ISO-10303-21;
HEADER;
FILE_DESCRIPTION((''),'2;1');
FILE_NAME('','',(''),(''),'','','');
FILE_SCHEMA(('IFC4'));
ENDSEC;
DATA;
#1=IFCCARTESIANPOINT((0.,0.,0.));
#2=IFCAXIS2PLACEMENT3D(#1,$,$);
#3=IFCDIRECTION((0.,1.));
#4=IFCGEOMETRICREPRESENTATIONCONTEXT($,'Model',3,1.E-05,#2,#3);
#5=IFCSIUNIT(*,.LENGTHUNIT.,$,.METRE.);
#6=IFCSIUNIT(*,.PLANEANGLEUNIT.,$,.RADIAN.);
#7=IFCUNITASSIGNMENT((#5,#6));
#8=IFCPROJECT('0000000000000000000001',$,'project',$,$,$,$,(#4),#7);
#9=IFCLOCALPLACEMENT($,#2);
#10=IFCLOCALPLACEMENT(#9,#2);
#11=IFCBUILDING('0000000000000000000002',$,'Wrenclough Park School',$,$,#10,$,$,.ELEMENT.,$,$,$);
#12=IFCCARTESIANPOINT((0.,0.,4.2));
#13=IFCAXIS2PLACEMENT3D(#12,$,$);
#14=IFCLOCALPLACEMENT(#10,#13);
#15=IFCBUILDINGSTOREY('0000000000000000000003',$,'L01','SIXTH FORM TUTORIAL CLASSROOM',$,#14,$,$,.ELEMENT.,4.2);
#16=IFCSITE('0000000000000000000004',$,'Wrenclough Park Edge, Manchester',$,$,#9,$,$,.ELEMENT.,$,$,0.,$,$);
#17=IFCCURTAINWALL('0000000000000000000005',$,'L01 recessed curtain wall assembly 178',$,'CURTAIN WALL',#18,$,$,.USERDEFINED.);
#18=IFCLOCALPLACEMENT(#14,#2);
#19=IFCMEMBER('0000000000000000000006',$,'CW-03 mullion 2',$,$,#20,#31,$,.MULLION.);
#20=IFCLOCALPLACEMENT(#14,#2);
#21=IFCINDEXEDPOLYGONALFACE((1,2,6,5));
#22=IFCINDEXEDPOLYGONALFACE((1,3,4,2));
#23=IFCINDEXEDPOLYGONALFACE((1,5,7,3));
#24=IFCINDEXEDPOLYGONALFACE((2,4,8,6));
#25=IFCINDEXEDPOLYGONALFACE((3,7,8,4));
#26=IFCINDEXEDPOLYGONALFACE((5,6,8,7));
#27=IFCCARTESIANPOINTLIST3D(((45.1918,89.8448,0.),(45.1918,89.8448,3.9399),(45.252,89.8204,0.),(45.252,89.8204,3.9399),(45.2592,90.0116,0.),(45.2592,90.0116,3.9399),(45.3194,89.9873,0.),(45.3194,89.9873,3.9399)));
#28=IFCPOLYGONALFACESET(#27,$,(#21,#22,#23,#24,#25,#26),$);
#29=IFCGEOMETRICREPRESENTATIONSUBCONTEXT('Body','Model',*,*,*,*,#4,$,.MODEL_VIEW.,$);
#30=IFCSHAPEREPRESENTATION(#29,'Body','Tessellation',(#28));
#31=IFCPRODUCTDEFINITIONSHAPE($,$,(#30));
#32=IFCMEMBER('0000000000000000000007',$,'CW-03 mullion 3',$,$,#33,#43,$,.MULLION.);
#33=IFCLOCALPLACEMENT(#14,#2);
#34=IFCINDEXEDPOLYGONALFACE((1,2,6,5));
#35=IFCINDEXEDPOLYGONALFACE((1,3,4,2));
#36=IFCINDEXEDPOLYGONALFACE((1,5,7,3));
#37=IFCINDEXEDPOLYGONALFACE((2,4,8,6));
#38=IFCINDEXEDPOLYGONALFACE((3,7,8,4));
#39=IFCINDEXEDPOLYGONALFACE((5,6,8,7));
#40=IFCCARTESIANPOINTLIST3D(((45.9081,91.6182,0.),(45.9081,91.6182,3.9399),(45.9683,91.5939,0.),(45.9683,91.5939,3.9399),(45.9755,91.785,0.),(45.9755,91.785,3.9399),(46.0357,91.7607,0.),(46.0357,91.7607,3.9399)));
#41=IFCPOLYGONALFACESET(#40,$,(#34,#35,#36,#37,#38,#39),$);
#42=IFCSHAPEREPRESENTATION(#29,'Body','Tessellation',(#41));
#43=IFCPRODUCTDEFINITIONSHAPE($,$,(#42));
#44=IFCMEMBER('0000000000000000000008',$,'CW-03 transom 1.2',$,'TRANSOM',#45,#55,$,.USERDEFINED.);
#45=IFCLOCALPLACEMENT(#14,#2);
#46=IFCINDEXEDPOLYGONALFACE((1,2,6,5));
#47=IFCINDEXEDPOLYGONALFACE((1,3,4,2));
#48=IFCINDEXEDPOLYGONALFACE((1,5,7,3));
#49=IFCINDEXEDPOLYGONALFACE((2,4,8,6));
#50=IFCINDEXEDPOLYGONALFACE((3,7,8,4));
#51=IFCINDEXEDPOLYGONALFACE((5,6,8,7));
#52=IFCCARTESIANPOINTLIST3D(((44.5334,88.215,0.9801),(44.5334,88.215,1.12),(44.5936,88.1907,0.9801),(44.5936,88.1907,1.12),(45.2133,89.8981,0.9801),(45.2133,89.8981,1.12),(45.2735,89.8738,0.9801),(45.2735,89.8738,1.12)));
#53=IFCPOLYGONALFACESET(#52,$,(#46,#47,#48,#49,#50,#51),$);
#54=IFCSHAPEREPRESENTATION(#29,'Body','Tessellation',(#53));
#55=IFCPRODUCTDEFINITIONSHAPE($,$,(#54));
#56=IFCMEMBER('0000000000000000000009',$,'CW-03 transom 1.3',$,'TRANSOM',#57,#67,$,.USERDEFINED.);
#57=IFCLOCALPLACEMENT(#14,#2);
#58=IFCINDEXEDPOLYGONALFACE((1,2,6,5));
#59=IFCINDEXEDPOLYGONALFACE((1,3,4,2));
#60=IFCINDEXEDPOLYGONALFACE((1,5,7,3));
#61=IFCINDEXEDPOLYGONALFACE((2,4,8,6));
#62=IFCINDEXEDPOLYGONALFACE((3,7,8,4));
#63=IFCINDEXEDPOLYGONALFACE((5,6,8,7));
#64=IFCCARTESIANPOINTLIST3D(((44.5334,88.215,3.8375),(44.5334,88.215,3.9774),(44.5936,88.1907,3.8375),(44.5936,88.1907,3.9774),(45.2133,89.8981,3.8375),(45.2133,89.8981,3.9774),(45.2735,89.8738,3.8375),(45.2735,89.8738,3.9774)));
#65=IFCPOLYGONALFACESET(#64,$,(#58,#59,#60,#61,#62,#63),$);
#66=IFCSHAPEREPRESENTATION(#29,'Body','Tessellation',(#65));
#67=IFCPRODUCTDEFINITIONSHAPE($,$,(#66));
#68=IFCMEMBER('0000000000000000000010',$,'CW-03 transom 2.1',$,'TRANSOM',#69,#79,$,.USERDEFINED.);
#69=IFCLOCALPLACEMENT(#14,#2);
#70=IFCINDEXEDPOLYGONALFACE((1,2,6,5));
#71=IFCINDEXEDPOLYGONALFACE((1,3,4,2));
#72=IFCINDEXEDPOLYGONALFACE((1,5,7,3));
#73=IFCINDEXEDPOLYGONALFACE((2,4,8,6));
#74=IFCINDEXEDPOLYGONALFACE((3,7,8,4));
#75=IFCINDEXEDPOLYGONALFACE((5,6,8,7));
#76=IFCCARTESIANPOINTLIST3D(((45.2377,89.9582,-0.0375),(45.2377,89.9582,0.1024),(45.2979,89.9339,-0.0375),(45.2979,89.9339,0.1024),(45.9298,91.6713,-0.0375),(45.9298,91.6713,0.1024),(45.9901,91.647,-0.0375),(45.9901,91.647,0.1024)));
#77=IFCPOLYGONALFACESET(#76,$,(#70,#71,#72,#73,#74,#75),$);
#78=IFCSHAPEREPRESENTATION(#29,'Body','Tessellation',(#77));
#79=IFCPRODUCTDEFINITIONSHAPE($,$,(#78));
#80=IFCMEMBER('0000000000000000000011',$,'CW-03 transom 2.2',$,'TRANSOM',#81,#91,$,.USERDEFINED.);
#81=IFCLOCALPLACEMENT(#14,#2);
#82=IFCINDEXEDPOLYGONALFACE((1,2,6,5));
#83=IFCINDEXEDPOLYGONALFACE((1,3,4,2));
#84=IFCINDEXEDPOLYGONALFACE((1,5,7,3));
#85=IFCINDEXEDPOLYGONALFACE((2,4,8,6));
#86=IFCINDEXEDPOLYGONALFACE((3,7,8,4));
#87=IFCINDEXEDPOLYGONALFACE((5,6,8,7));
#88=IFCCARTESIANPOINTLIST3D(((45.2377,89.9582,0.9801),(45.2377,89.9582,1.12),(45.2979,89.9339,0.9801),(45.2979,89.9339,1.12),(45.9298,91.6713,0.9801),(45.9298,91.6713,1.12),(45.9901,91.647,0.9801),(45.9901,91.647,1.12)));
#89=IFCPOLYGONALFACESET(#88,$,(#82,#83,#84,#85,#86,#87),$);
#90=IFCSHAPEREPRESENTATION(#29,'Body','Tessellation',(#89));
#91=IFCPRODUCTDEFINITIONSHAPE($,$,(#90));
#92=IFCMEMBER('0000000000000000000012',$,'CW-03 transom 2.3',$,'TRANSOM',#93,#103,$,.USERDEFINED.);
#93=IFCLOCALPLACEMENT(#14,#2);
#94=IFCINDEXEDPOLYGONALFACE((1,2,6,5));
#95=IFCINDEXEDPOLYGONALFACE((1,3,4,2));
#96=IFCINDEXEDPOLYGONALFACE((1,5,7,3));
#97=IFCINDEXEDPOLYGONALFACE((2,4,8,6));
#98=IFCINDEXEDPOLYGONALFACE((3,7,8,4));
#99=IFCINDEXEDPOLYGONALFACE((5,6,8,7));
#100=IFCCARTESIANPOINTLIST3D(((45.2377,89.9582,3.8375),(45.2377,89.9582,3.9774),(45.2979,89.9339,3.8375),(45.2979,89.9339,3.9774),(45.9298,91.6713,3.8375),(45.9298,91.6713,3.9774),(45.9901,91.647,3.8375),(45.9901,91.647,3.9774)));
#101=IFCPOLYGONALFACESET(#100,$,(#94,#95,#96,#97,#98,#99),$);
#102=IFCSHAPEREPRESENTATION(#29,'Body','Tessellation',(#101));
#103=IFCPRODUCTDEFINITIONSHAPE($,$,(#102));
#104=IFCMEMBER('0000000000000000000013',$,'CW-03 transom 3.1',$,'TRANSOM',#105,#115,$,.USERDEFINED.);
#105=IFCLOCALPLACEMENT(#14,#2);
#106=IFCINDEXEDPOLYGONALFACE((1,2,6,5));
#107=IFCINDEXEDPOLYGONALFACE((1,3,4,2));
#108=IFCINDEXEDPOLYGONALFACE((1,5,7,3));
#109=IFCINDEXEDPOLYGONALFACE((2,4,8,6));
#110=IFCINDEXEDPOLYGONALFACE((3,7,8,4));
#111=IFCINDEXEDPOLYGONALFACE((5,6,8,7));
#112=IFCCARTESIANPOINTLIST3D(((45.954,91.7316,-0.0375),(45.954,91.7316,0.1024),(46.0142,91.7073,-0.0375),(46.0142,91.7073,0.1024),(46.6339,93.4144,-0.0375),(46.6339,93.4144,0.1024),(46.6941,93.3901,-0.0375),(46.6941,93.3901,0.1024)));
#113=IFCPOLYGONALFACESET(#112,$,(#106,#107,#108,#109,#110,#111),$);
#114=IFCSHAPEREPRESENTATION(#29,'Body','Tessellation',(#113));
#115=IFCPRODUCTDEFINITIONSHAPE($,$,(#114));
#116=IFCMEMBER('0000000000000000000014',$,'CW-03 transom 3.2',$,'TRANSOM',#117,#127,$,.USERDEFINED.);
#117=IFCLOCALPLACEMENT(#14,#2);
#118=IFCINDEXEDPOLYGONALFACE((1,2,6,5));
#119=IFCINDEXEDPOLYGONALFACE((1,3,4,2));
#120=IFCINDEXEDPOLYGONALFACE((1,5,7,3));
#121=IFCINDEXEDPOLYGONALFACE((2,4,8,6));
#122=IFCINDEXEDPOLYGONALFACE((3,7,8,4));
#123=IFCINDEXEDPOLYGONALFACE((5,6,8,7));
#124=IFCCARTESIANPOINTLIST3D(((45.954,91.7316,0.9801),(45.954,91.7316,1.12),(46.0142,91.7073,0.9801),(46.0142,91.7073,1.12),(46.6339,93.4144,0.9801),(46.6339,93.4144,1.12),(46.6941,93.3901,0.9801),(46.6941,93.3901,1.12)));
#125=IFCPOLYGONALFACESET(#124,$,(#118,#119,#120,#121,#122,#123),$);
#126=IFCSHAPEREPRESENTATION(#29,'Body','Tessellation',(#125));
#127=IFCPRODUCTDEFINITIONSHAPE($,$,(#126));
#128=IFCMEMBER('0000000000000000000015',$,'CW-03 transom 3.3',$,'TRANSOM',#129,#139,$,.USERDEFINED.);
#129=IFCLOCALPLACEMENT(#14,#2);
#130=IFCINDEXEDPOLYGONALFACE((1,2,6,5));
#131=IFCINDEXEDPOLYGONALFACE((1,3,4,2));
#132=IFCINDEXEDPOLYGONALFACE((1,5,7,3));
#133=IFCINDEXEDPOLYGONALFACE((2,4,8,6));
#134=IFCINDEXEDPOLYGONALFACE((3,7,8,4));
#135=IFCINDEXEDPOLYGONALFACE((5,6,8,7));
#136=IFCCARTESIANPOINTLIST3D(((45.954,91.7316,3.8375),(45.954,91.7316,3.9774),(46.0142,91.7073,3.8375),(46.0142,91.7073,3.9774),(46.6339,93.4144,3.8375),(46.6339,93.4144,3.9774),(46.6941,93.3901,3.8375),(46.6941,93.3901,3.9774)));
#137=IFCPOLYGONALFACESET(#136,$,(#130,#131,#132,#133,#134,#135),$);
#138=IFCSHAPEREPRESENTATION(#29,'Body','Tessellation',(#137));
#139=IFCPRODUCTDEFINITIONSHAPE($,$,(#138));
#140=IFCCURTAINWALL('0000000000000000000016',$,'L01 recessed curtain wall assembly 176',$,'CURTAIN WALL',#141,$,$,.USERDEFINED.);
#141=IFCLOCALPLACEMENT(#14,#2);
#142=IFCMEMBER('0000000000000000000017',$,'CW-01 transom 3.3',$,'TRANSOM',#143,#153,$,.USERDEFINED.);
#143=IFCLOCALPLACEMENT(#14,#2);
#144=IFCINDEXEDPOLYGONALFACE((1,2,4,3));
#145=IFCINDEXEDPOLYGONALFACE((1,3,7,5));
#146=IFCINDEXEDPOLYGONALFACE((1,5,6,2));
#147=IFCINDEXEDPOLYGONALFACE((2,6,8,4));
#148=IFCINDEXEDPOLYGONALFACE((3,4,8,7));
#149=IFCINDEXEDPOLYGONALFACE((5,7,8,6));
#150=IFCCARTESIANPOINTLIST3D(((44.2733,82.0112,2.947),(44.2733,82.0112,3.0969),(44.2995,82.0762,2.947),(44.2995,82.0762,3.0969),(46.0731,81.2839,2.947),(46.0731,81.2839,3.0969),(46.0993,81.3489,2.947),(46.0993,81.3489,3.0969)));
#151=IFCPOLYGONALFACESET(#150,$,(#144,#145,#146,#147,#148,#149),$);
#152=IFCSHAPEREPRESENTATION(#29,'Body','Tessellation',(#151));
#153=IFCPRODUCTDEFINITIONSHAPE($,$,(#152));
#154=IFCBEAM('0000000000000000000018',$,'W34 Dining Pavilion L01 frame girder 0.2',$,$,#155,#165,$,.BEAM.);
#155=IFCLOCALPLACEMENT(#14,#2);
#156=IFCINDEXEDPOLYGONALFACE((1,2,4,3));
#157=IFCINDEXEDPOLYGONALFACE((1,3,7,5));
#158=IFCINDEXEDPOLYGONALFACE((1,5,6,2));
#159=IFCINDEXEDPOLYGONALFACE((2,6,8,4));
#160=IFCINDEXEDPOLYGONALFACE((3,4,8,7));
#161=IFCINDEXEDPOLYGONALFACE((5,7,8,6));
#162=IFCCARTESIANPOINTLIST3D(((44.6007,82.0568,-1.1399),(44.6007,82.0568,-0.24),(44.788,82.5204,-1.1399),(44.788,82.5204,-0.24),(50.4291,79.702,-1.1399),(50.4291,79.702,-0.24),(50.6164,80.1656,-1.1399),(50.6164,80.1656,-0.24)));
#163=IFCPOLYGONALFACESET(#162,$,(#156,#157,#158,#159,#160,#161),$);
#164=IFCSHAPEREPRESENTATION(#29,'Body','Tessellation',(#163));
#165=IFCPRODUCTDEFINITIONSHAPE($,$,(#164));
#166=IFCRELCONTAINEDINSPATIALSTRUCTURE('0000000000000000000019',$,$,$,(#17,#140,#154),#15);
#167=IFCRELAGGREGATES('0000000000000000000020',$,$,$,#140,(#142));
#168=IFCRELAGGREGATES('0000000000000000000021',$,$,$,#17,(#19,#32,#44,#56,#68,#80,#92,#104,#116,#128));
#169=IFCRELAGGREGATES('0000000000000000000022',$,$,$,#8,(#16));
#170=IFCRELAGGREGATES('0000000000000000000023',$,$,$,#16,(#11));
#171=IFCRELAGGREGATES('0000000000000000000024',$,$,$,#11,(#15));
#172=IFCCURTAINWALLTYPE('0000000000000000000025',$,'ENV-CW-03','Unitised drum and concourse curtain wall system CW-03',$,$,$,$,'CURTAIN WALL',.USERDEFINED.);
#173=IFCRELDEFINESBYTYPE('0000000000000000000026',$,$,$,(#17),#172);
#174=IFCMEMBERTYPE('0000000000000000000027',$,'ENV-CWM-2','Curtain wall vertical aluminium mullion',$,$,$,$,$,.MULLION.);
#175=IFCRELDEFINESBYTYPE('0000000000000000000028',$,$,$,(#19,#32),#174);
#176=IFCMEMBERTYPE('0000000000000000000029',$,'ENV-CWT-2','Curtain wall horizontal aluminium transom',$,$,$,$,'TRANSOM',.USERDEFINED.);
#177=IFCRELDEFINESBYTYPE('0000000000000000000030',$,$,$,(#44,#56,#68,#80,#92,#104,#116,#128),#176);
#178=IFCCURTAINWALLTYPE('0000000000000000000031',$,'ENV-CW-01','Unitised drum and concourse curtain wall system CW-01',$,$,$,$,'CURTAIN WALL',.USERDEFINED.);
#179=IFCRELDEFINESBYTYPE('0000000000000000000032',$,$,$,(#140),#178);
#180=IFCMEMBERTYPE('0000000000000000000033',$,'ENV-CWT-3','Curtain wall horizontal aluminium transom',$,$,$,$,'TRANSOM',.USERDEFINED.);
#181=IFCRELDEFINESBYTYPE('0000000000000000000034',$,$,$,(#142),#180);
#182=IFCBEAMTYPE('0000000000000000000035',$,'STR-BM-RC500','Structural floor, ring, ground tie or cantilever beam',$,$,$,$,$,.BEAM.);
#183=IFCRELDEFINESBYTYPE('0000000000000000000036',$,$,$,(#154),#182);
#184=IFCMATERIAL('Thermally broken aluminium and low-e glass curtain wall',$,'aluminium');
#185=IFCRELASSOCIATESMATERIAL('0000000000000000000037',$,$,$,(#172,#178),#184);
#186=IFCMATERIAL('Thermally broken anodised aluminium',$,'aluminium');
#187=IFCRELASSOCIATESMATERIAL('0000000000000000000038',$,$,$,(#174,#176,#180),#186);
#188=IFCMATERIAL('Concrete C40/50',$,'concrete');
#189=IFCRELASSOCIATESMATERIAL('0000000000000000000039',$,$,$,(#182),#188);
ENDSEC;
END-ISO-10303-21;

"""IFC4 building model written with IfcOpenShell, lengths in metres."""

from ifc_helpers import new_model, si_unit, direction, frame, origin, origin_2d, place, context, subcontext, project, spatial, rectangle, extrude, material, material_profile, profile_set, type_object, element, aggregate, save


model = new_model("IFC4")

# Units and contexts
model_context = context("Model", 3, precision=1e-05, world=origin(), true_north=direction((0.0, 1.0)))
body_context = subcontext(model_context, "Body", "Model", "MODEL_VIEW")
ifc_project = project(units=[si_unit("LENGTHUNIT", "METRE"), si_unit("PLANEANGLEUNIT", "RADIAN")], contexts=[model_context])

# Site, building, storey
site_placement = place(None, origin())
site = spatial("IfcSite", under=ifc_project, at=site_placement, Name="Wrenclough Park Edge, Manchester", CompositionType="ELEMENT", RefElevation=0.0)
building_placement = place(site_placement, origin())
building = spatial("IfcBuilding", under=site, at=building_placement, Name="Wrenclough Park School", CompositionType="ELEMENT")
storey_placement = place(building_placement, frame((0.0, 0.0, 4.2)))
storey = spatial("IfcBuildingStorey", under=building, at=storey_placement, Name="L01", Description="SIXTH FORM TUTORIAL CLASSROOM", CompositionType="ELEMENT", Elevation=4.2)

# Curtain wall, members
ifc_material_1 = material(Name="Thermally broken aluminium and low-e glass curtain wall", Category="aluminium")
curtain_wall_type_1 = type_object("IfcCurtainWallType", Name="ENV-CW-03", Description="Unitised drum and concourse curtain wall system CW-03", ElementType="CURTAIN WALL", PredefinedType="USERDEFINED", material=ifc_material_1)
curtain_wall_1_placement = place(storey_placement, origin())
curtain_wall_1 = element("IfcCurtainWall", 1, at=curtain_wall_1_placement, inside=storey, type_object=curtain_wall_type_1, Name="L01 recessed curtain wall assembly 178", ObjectType="CURTAIN WALL", PredefinedType="USERDEFINED")
ifc_material_2 = material(Name="Thermally broken anodised aluminium", Category="aluminium")
ifc_material_profile_1 = material_profile(ifc_material_2, rectangle(XDim=0.0649, YDim=0.1799, at=origin_2d()), Name="AL MULLION 65x180")
ifc_profile_set_1 = profile_set([ifc_material_profile_1], Name="Thermally broken anodised aluminium")
member_type_1 = type_object("IfcMemberType", Name="ENV-CWM-2", Description="Curtain wall vertical aluminium mullion", PredefinedType="MULLION", material=ifc_profile_set_1)
member_1_placement = place(storey_placement, frame((45.2556, 89.916, 0.0), z_axis=(0.0, 0.0, 1.0), x_axis=(-0.927185, 0.374604, 0.0)))
member_1 = element("IfcMember", 2, at=member_1_placement, type_object=member_type_1, Name="CW-03 mullion 2", PredefinedType="MULLION", context=body_context, shape_type="SweptSolid", body=[
    extrude(rectangle(XDim=0.0649, YDim=0.1799, at=origin_2d()), origin(), (0.0, 0.0, 1.0), 3.9399),
])
member_2_placement = place(storey_placement, frame((45.9719, 91.6895, 0.0), z_axis=(0.0, 0.0, 1.0), x_axis=(-0.927185, 0.374604, 0.0)))
member_2 = element("IfcMember", 3, at=member_2_placement, type_object=member_type_1, Name="CW-03 mullion 3", PredefinedType="MULLION", context=body_context, shape_type="SweptSolid", body=[
    extrude(rectangle(XDim=0.0649, YDim=0.1799, at=origin_2d()), origin(), (0.0, 0.0, 1.0), 3.9399),
])
ifc_material_profile_2 = material_profile(ifc_material_2, rectangle(XDim=0.0649, YDim=0.1399, at=origin_2d()), Name="AL TRANSOM 65x140")
ifc_profile_set_2 = profile_set([ifc_material_profile_2], Name="Thermally broken anodised aluminium")
member_type_2 = type_object("IfcMemberType", Name="ENV-CWT-2", Description="Curtain wall horizontal aluminium transom", ElementType="TRANSOM", PredefinedType="USERDEFINED", material=ifc_profile_set_2)
member_3_placement = place(storey_placement, frame((44.5635, 88.2029, 1.05), z_axis=(0.374565, 0.927201, 0.0), x_axis=(-0.927201, 0.374565, 0.0)))
member_3 = element("IfcMember", 4, at=member_3_placement, type_object=member_type_2, Name="CW-03 transom 1.2", ObjectType="TRANSOM", PredefinedType="USERDEFINED", context=body_context, shape_type="SweptSolid", body=[
    extrude(rectangle(XDim=0.0649, YDim=0.1399, at=origin_2d()), origin(), (0.0, 0.0, 1.0), 1.8152),
])
member_4_placement = place(storey_placement, frame((44.5635, 88.2029, 3.9075), z_axis=(0.374565, 0.927201, 0.0), x_axis=(-0.927201, 0.374565, 0.0)))
member_4 = element("IfcMember", 5, at=member_4_placement, type_object=member_type_2, Name="CW-03 transom 1.3", ObjectType="TRANSOM", PredefinedType="USERDEFINED", context=body_context, shape_type="SweptSolid", body=[
    extrude(rectangle(XDim=0.0649, YDim=0.1399, at=origin_2d()), origin(), (0.0, 0.0, 1.0), 1.8152),
])
member_5_placement = place(storey_placement, frame((45.2678, 89.946, 0.0325), z_axis=(0.374601, 0.927186, 0.0), x_axis=(-0.927186, 0.374601, 0.0)))
member_5 = element("IfcMember", 6, at=member_5_placement, type_object=member_type_2, Name="CW-03 transom 2.1", ObjectType="TRANSOM", PredefinedType="USERDEFINED", context=body_context, shape_type="SweptSolid", body=[
    extrude(rectangle(XDim=0.0649, YDim=0.1399, at=origin_2d()), origin(), (0.0, 0.0, 1.0), 1.8477),
])
member_6_placement = place(storey_placement, frame((45.2678, 89.946, 1.05), z_axis=(0.374601, 0.927186, 0.0), x_axis=(-0.927186, 0.374601, 0.0)))
member_6 = element("IfcMember", 7, at=member_6_placement, type_object=member_type_2, Name="CW-03 transom 2.2", ObjectType="TRANSOM", PredefinedType="USERDEFINED", context=body_context, shape_type="SweptSolid", body=[
    extrude(rectangle(XDim=0.0649, YDim=0.1399, at=origin_2d()), origin(), (0.0, 0.0, 1.0), 1.8477),
])
member_7_placement = place(storey_placement, frame((45.2678, 89.946, 3.9075), z_axis=(0.374601, 0.927186, 0.0), x_axis=(-0.927186, 0.374601, 0.0)))
member_7 = element("IfcMember", 8, at=member_7_placement, type_object=member_type_2, Name="CW-03 transom 2.3", ObjectType="TRANSOM", PredefinedType="USERDEFINED", context=body_context, shape_type="SweptSolid", body=[
    extrude(rectangle(XDim=0.0649, YDim=0.1399, at=origin_2d()), origin(), (0.0, 0.0, 1.0), 1.8477),
])
member_8_placement = place(storey_placement, frame((45.9841, 91.7195, 0.0325), z_axis=(0.374612, 0.927182, 0.0), x_axis=(-0.927182, 0.374612, 0.0)))
member_8 = element("IfcMember", 9, at=member_8_placement, type_object=member_type_2, Name="CW-03 transom 3.1", ObjectType="TRANSOM", PredefinedType="USERDEFINED", context=body_context, shape_type="SweptSolid", body=[
    extrude(rectangle(XDim=0.0649, YDim=0.1399, at=origin_2d()), origin(), (0.0, 0.0, 1.0), 1.8149),
])
member_9_placement = place(storey_placement, frame((45.9841, 91.7195, 1.05), z_axis=(0.374612, 0.927182, 0.0), x_axis=(-0.927182, 0.374612, 0.0)))
member_9 = element("IfcMember", 10, at=member_9_placement, type_object=member_type_2, Name="CW-03 transom 3.2", ObjectType="TRANSOM", PredefinedType="USERDEFINED", context=body_context, shape_type="SweptSolid", body=[
    extrude(rectangle(XDim=0.0649, YDim=0.1399, at=origin_2d()), origin(), (0.0, 0.0, 1.0), 1.8149),
])
member_10_placement = place(storey_placement, frame((45.9841, 91.7195, 3.9075), z_axis=(0.374612, 0.927182, 0.0), x_axis=(-0.927182, 0.374612, 0.0)))
member_10 = element("IfcMember", 11, at=member_10_placement, type_object=member_type_2, Name="CW-03 transom 3.3", ObjectType="TRANSOM", PredefinedType="USERDEFINED", context=body_context, shape_type="SweptSolid", body=[
    extrude(rectangle(XDim=0.0649, YDim=0.1399, at=origin_2d()), origin(), (0.0, 0.0, 1.0), 1.8149),
])

# Curtain wall, member
curtain_wall_type_2 = type_object("IfcCurtainWallType", Name="ENV-CW-01", Description="Unitised drum and concourse curtain wall system CW-01", ElementType="CURTAIN WALL", PredefinedType="USERDEFINED", material=ifc_material_1)
curtain_wall_2_placement = place(storey_placement, origin())
curtain_wall_2 = element("IfcCurtainWall", 12, at=curtain_wall_2_placement, inside=storey, type_object=curtain_wall_type_2, Name="L01 recessed curtain wall assembly 176", ObjectType="CURTAIN WALL", PredefinedType="USERDEFINED")
ifc_material_profile_3 = material_profile(ifc_material_2, rectangle(XDim=0.0701, YDim=0.1499, at=origin_2d()), Name="AL TRANSOM 70x150")
ifc_profile_set_3 = profile_set([ifc_material_profile_3], Name="Thermally broken anodised aluminium")
member_type_3 = type_object("IfcMemberType", Name="ENV-CWT-3", Description="Curtain wall horizontal aluminium transom", ElementType="TRANSOM", PredefinedType="USERDEFINED", material=ifc_profile_set_3)
member_11_placement = place(storey_placement, frame((46.0862, 81.3164, 3.022), z_axis=(-0.927161, 0.374663, 0.0), x_axis=(-0.374663, -0.927161, 0.0)))
member_11 = element("IfcMember", 13, at=member_11_placement, type_object=member_type_3, Name="CW-01 transom 3.3", ObjectType="TRANSOM", PredefinedType="USERDEFINED", context=body_context, shape_type="SweptSolid", body=[
    extrude(rectangle(XDim=0.0701, YDim=0.1499, at=origin_2d()), origin(), (0.0, 0.0, 1.0), 1.9412),
])

# Beam
ifc_material_3 = material(Name="Concrete C40/50", Category="concrete")
ifc_material_profile_4 = material_profile(ifc_material_3, rectangle(XDim=0.5, YDim=0.8999, at=origin_2d()), Name="RC BEAM 500x900")
ifc_profile_set_4 = profile_set([ifc_material_profile_4], Name="Concrete C40/50")
beam_type_1 = type_object("IfcBeamType", Name="STR-BM-RC500", Description="Structural floor, ring, ground tie or cantilever beam", PredefinedType="BEAM", material=ifc_profile_set_4)
beam_1_placement = place(storey_placement, frame((44.6943, 82.2886, -0.6899), z_axis=(0.927188, -0.374596, 0.0), x_axis=(0.374596, 0.927188, 0.0)))
element("IfcBeam", 14, at=beam_1_placement, inside=storey, type_object=beam_type_1, Name="W34 Dining Pavilion L01 frame girder 0.2", PredefinedType="BEAM", context=body_context, shape_type="SweptSolid", body=[
    extrude(rectangle(XDim=0.5, YDim=0.8999, at=origin_2d()), origin(), (0.0, 0.0, 1.0), 6.2861),
])

aggregate(curtain_wall_2, [member_11])
aggregate(curtain_wall_1, [member_1, member_2, member_3, member_4, member_5, member_6, member_7, member_8, member_9, member_10])

save(model, "model.ifc")
